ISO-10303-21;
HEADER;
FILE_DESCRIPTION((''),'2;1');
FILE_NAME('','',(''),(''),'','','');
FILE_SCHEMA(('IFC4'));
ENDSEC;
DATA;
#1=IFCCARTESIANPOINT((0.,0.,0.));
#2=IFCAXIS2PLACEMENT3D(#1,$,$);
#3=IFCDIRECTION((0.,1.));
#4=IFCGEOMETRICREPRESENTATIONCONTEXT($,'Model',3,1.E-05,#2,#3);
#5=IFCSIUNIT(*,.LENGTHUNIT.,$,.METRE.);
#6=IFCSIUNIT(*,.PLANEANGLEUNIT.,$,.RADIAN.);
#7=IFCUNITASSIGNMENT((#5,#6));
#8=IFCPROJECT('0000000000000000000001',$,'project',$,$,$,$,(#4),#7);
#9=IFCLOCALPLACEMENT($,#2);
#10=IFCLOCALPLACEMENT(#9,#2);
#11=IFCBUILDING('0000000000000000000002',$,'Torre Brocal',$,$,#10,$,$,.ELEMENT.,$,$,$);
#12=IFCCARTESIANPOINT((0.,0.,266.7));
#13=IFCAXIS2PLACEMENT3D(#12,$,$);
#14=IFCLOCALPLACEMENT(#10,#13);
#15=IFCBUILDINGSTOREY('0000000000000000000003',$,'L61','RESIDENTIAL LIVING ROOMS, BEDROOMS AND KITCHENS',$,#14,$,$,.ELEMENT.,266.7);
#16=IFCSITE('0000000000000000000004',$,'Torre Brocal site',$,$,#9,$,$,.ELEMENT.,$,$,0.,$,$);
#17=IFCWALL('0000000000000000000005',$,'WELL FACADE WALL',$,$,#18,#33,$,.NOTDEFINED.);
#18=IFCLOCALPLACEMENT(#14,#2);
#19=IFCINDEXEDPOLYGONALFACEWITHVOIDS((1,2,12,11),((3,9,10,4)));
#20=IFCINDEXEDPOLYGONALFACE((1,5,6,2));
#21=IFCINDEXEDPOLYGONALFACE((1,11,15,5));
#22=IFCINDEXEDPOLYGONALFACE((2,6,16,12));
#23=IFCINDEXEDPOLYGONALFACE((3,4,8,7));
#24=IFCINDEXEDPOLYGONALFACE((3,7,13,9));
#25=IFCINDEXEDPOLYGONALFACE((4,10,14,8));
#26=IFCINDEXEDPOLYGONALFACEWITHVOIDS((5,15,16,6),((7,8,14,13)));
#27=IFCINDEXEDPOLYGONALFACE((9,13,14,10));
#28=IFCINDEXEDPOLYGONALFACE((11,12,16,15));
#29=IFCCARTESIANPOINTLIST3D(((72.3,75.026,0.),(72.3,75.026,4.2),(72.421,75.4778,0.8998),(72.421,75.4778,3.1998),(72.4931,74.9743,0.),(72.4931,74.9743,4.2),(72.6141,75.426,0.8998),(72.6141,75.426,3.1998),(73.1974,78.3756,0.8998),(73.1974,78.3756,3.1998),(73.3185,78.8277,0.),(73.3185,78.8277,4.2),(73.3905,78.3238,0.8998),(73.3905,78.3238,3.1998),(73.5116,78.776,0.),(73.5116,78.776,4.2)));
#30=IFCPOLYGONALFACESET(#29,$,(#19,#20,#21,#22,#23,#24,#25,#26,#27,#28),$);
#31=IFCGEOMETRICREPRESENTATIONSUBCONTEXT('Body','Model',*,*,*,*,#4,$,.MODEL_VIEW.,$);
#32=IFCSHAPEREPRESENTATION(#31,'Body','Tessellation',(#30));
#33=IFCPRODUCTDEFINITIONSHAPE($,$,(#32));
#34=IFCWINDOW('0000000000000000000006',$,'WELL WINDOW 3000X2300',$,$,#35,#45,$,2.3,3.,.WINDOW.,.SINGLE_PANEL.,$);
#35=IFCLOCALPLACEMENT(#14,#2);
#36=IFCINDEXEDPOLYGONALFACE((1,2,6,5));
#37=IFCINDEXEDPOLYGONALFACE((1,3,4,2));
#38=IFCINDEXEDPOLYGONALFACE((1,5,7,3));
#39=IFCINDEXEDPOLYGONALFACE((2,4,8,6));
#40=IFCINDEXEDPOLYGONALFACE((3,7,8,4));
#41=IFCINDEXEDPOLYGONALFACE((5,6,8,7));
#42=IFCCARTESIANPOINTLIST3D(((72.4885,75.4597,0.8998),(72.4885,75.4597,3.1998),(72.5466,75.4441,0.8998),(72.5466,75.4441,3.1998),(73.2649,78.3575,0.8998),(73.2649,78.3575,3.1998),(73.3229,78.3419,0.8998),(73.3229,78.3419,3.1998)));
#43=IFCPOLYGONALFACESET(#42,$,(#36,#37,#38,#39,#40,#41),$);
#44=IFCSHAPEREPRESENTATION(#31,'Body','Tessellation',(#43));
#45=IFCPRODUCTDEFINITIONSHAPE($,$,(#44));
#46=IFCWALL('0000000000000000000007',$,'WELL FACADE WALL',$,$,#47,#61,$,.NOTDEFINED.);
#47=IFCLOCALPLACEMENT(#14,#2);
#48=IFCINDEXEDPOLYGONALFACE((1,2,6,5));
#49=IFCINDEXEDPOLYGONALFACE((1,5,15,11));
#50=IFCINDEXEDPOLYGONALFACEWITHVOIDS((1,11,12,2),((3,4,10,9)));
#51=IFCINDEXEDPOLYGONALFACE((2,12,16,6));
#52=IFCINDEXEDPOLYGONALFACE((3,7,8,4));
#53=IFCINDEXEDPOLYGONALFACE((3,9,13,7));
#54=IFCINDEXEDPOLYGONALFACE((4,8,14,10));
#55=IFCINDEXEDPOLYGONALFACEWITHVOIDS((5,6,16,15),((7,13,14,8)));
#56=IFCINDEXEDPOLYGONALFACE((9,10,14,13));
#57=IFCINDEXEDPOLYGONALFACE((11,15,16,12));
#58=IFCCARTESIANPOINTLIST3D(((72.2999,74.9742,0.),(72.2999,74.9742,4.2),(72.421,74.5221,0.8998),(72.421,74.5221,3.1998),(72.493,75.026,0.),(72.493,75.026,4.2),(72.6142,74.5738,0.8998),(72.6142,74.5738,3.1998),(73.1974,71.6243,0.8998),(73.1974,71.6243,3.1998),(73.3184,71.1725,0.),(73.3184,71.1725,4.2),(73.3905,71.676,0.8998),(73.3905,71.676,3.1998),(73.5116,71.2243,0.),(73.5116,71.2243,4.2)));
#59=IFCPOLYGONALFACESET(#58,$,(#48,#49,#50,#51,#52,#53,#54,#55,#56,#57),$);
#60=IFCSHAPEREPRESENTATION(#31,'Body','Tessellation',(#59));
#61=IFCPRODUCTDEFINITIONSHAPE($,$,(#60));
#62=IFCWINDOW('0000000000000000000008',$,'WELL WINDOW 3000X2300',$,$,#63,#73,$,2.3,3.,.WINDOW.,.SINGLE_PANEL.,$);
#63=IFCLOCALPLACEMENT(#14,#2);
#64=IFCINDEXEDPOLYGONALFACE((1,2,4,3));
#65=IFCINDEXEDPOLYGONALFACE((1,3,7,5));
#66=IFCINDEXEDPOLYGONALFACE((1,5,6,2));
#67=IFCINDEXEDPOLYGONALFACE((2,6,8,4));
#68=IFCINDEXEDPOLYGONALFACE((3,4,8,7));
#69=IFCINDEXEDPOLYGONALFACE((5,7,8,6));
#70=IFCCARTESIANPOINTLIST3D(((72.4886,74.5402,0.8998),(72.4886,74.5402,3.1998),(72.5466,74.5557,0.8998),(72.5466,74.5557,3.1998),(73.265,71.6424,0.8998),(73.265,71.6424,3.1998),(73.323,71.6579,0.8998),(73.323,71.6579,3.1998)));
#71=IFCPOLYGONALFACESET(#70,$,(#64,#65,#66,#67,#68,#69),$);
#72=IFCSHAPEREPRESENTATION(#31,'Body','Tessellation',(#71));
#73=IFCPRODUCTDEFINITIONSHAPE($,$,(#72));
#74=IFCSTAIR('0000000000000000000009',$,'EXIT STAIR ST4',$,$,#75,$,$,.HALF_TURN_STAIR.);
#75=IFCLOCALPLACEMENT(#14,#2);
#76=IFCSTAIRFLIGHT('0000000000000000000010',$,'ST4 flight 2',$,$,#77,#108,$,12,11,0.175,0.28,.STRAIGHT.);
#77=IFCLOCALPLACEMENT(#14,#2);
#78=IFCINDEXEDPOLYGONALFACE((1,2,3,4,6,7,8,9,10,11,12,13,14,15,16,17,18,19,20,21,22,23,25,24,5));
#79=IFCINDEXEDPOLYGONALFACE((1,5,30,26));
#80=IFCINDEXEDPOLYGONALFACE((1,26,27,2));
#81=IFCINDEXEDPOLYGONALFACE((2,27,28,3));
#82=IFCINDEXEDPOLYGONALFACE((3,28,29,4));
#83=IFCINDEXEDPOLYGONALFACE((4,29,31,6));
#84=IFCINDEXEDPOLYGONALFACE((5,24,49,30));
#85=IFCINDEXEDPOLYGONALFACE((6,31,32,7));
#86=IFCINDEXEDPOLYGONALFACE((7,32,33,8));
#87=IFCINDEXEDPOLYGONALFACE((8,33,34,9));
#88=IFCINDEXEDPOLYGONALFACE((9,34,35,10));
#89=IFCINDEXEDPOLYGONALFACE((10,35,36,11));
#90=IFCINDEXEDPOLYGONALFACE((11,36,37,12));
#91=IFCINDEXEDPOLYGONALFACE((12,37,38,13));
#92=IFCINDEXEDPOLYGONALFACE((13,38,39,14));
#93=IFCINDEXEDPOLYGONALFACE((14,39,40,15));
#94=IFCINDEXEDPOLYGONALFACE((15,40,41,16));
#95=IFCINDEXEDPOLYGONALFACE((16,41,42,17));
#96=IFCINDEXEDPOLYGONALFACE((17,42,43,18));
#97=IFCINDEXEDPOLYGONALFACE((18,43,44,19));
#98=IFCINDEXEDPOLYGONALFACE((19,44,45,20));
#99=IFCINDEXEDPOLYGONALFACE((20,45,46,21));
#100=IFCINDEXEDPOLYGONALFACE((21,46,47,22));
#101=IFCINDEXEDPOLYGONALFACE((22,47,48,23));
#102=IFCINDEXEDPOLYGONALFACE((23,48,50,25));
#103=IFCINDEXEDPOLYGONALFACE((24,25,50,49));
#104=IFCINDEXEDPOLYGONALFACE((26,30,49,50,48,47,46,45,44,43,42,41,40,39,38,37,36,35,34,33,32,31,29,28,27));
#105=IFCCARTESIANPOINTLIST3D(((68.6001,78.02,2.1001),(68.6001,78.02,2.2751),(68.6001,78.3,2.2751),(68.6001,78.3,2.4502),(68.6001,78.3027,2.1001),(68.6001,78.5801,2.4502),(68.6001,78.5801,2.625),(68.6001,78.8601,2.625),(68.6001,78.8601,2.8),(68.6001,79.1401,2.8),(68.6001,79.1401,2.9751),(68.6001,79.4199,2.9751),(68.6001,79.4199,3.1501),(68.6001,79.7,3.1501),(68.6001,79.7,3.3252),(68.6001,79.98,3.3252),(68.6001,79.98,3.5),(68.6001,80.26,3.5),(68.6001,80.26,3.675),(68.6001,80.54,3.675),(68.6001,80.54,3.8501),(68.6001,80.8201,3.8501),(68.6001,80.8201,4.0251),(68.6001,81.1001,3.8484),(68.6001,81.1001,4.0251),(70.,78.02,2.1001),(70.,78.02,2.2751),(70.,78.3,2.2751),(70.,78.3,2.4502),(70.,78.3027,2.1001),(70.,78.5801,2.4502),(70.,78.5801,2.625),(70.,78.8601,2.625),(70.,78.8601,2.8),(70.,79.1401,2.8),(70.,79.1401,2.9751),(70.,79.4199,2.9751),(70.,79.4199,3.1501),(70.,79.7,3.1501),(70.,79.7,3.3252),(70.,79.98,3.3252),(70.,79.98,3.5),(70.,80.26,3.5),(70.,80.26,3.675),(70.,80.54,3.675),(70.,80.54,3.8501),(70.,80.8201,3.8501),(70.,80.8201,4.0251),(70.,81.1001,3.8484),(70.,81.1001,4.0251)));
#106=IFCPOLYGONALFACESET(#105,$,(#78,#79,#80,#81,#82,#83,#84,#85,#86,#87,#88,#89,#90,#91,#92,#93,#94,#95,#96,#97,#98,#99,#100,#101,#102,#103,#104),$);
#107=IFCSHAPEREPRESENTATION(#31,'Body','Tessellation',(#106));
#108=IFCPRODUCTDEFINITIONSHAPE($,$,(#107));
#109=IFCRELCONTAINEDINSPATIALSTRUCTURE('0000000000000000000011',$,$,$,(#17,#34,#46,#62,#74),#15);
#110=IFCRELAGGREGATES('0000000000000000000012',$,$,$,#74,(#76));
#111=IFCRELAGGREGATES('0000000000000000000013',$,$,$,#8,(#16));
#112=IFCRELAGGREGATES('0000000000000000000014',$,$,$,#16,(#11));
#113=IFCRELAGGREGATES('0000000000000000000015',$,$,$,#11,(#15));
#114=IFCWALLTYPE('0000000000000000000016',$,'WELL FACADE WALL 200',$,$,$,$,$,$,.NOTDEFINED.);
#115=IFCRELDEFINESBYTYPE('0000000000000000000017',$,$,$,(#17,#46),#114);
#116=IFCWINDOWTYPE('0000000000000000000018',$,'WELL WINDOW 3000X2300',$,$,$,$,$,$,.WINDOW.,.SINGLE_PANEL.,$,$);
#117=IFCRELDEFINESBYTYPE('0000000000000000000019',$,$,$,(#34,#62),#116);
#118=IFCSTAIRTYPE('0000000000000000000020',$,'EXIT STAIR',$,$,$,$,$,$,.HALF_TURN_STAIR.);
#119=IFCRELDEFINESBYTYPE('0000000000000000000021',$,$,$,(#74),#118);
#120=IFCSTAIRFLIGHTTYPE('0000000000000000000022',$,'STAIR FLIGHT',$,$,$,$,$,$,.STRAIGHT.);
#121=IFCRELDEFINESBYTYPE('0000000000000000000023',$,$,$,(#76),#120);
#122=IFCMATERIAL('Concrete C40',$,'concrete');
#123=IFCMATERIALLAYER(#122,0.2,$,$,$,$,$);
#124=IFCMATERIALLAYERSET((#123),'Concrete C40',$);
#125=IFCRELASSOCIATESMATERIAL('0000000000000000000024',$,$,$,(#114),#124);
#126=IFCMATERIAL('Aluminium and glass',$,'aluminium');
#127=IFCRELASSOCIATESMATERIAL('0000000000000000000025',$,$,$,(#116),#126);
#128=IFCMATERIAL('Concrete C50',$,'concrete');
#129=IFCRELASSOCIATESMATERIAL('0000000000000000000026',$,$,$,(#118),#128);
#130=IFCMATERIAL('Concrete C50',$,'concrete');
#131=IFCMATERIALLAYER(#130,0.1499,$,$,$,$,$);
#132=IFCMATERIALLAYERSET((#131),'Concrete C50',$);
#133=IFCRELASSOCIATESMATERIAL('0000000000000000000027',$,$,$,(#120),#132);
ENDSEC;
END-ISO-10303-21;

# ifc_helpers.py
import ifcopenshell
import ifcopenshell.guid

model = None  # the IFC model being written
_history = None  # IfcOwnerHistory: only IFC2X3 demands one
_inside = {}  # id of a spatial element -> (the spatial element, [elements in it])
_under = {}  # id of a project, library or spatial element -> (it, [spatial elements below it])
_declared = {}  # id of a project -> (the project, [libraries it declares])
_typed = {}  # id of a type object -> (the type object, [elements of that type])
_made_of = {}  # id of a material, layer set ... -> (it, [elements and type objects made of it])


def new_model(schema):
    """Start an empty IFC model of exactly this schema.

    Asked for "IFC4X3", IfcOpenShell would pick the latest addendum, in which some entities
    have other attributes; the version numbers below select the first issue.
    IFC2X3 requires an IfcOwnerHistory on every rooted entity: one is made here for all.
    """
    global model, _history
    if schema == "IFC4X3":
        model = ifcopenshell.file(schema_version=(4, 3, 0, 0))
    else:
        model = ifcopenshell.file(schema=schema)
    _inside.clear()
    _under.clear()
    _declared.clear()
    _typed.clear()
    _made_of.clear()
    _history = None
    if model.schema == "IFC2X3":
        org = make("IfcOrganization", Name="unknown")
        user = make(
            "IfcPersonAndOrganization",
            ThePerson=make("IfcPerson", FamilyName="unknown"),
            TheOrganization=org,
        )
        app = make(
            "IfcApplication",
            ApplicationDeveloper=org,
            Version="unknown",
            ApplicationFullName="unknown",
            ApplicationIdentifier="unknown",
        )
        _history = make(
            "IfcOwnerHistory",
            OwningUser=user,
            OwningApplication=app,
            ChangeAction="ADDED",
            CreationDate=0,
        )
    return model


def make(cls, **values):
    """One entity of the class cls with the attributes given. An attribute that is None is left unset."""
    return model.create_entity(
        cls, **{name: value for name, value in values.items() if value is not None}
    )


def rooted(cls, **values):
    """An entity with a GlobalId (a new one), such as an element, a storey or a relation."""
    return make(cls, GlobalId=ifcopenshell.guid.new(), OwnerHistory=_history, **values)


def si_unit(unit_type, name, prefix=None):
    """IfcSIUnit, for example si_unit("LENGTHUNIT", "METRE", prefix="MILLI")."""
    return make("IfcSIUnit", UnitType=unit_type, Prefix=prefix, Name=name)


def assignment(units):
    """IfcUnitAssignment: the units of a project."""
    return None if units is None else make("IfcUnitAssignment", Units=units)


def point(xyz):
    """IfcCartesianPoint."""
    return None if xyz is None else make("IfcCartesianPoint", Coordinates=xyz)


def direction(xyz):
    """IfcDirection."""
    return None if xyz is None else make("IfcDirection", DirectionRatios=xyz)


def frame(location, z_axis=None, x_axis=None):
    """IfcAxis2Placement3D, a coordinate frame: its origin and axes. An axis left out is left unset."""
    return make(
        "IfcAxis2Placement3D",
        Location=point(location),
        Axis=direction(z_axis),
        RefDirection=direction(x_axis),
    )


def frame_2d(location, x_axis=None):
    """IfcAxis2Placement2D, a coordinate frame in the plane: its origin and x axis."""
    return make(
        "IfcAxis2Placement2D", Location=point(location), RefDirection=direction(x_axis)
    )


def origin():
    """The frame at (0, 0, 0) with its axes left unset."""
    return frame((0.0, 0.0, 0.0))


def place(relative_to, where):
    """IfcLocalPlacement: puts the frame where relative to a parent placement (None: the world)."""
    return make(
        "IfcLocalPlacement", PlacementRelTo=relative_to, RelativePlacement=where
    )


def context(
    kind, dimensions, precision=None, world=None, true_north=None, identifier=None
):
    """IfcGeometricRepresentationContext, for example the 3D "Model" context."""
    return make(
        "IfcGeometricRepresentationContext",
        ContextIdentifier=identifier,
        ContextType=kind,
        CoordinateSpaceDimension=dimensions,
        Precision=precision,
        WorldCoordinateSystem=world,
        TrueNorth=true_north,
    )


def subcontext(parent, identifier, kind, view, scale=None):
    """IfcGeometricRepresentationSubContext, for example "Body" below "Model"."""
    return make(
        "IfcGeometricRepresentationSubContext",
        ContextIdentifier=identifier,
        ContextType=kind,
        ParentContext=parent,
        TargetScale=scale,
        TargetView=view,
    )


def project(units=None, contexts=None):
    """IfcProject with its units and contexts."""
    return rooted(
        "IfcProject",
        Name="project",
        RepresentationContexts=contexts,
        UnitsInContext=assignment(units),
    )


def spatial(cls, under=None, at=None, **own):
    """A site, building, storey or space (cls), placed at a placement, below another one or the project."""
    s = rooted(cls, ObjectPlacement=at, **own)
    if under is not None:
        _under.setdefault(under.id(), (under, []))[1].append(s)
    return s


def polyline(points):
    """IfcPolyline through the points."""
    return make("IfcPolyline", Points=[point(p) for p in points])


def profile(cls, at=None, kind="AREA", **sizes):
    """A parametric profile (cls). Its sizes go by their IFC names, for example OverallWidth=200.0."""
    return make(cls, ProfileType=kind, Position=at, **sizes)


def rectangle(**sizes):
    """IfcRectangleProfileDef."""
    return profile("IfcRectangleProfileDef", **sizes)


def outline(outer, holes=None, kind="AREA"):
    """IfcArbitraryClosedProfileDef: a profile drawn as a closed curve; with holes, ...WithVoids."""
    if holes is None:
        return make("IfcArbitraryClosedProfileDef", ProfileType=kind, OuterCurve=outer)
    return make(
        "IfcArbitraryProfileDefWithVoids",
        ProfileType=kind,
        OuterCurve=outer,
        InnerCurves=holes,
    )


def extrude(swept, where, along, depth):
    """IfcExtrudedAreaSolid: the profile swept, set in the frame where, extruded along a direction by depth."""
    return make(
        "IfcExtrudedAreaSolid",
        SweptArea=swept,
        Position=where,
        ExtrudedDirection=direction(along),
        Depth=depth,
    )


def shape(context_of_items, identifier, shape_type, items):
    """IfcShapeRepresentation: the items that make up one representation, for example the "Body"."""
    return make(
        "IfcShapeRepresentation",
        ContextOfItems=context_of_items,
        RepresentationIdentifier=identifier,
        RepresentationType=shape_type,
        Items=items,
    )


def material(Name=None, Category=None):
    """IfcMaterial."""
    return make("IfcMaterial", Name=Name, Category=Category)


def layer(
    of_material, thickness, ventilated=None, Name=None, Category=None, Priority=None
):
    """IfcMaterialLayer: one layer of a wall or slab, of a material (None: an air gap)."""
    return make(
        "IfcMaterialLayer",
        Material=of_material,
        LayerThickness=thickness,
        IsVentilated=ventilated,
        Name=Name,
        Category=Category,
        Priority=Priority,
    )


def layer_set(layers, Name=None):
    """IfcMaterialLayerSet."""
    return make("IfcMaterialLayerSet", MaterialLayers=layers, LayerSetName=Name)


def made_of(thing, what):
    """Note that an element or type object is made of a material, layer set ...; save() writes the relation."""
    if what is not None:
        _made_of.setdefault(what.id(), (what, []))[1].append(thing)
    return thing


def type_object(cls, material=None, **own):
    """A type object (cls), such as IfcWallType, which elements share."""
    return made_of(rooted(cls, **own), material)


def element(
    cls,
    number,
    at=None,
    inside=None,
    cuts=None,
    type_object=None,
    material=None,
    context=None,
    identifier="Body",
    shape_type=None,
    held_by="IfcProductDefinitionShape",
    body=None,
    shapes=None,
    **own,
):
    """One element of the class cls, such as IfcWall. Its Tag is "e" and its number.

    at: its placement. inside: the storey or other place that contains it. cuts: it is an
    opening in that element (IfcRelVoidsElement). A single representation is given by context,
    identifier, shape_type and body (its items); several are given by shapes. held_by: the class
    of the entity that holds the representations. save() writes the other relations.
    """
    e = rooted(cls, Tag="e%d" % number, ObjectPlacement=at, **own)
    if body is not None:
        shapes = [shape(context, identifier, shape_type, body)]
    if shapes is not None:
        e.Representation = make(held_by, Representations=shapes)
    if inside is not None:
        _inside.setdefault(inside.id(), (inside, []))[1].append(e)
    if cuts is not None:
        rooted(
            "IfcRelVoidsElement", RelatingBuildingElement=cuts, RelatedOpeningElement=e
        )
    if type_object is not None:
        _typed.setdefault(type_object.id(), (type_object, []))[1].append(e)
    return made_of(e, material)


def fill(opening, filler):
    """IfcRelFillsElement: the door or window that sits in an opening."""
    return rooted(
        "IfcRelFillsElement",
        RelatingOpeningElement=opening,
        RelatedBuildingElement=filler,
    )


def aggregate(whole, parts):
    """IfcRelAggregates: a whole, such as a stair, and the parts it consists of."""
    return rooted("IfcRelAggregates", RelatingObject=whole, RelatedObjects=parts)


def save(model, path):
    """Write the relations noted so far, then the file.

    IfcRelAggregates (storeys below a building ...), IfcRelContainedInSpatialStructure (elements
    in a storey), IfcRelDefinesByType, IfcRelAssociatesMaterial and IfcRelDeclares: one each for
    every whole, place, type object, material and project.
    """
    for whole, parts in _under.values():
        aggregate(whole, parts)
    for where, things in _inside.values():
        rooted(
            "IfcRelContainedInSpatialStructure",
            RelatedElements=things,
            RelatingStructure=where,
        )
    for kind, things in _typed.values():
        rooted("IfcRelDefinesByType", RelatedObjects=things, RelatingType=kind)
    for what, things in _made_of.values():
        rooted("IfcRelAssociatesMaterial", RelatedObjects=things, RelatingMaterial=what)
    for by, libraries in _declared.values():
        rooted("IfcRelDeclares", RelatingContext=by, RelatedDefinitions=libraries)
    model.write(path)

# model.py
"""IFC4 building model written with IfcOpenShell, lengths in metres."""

from ifc_helpers import new_model, si_unit, direction, frame, frame_2d, origin, place, context, subcontext, project, spatial, polyline, rectangle, outline, extrude, material, layer, layer_set, type_object, element, fill, aggregate, save


model = new_model("IFC4")

# Units and contexts
model_context = context("Model", 3, precision=1e-05, world=origin(), true_north=direction((0.0, 1.0)))
body_context = subcontext(model_context, "Body", "Model", "MODEL_VIEW")
ifc_project = project(units=[si_unit("LENGTHUNIT", "METRE"), si_unit("PLANEANGLEUNIT", "RADIAN")], contexts=[model_context])

# Site, building, storey
site_placement = place(None, origin())
site = spatial("IfcSite", under=ifc_project, at=site_placement, Name="Torre Brocal site", CompositionType="ELEMENT", RefElevation=0.0)
building_placement = place(site_placement, origin())
building = spatial("IfcBuilding", under=site, at=building_placement, Name="Torre Brocal", CompositionType="ELEMENT")
storey_placement = place(building_placement, frame((0.0, 0.0, 266.7)))
storey = spatial("IfcBuildingStorey", under=building, at=storey_placement, Name="L61", Description="RESIDENTIAL LIVING ROOMS, BEDROOMS AND KITCHENS", CompositionType="ELEMENT", Elevation=266.7)

# Walls, openings, windows
ifc_material_1 = material(Name="Concrete C40", Category="concrete")
ifc_layer_1 = layer(ifc_material_1, 0.2)
ifc_layer_set_1 = layer_set([ifc_layer_1], Name="Concrete C40")
wall_type_1 = type_object("IfcWallType", Name="WELL FACADE WALL 200", PredefinedType="NOTDEFINED", material=ifc_layer_set_1)
wall_1_placement = place(storey_placement, frame((73.415, 78.8018, 0.0), z_axis=(0.0, 0.0, 1.0), x_axis=(-0.25879, -0.965934, 0.0)))
wall_1 = element("IfcWall", 1, at=wall_1_placement, inside=storey, type_object=wall_type_1, Name="WELL FACADE WALL", PredefinedType="NOTDEFINED", context=body_context, shape_type="SweptSolid", body=[
    extrude(rectangle(XDim=3.9358, YDim=0.2, at=frame_2d((1.9678, 0.0))), origin(), (0.0, 0.0, 1.0), 4.2),
])
opening_1_placement = place(wall_1_placement, frame((0.468, 0.0, 0.8999)))
opening_1 = element("IfcOpeningElement", 2, at=opening_1_placement, cuts=wall_1, PredefinedType="OPENING", context=body_context, shape_type="SweptSolid", body=[
    extrude(rectangle(XDim=3.0, YDim=2.3, at=frame_2d((1.5, 1.1499))), frame((0.0, 0.1099, 0.0), z_axis=(0.0, -1.0, 0.0), x_axis=(1.0, 0.0, 0.0)), (0.0, 0.0, 1.0), 0.22),
])
ifc_material_2 = material(Name="Aluminium and glass", Category="aluminium")
window_type = type_object("IfcWindowType", Name="WELL WINDOW 3000X2300", PartitioningType="SINGLE_PANEL", PredefinedType="WINDOW", material=ifc_material_2)
window_1_placement = place(opening_1_placement, origin())
window_1 = element("IfcWindow", 3, at=window_1_placement, inside=storey, type_object=window_type, Name="WELL WINDOW 3000X2300", OverallHeight=2.3, OverallWidth=3.0, PartitioningType="SINGLE_PANEL", PredefinedType="WINDOW", context=body_context, shape_type="SweptSolid", body=[
    extrude(rectangle(XDim=3.0, YDim=2.3, at=frame_2d((1.5, 1.1499))), frame((0.0, 0.03, 0.0), z_axis=(0.0, -1.0, 0.0), x_axis=(1.0, 0.0, 0.0)), (0.0, 0.0, 1.0), 0.0601),
])
fill(opening_1, window_1)
wall_2_placement = place(storey_placement, frame((72.3965, 75.0, 0.0), z_axis=(0.0, 0.0, 1.0), x_axis=(0.25879, -0.965934, 0.0)))
wall_2 = element("IfcWall", 4, at=wall_2_placement, inside=storey, type_object=wall_type_1, Name="WELL FACADE WALL", PredefinedType="NOTDEFINED", context=body_context, shape_type="SweptSolid", body=[
    extrude(rectangle(XDim=3.9358, YDim=0.2, at=frame_2d((1.9678, 0.0))), origin(), (0.0, 0.0, 1.0), 4.2),
])
opening_2_placement = place(wall_2_placement, frame((0.468, 0.0, 0.8999)))
opening_2 = element("IfcOpeningElement", 5, at=opening_2_placement, cuts=wall_2, PredefinedType="OPENING", context=body_context, shape_type="SweptSolid", body=[
    extrude(rectangle(XDim=3.0, YDim=2.3, at=frame_2d((1.5, 1.1499))), frame((0.0, 0.1099, 0.0), z_axis=(0.0, -1.0, 0.0), x_axis=(1.0, 0.0, 0.0)), (0.0, 0.0, 1.0), 0.22),
])
window_2_placement = place(opening_2_placement, origin())
window_2 = element("IfcWindow", 6, at=window_2_placement, inside=storey, type_object=window_type, Name="WELL WINDOW 3000X2300", OverallHeight=2.3, OverallWidth=3.0, PartitioningType="SINGLE_PANEL", PredefinedType="WINDOW", context=body_context, shape_type="SweptSolid", body=[
    extrude(rectangle(XDim=3.0, YDim=2.3, at=frame_2d((1.5, 1.1499))), frame((0.0, 0.03, 0.0), z_axis=(0.0, -1.0, 0.0), x_axis=(1.0, 0.0, 0.0)), (0.0, 0.0, 1.0), 0.0601),
])
fill(opening_2, window_2)

# Stair, stair flight
ifc_material_3 = material(Name="Concrete C50", Category="concrete")
stair_type = type_object("IfcStairType", Name="EXIT STAIR", PredefinedType="HALF_TURN_STAIR", material=ifc_material_3)
stair_placement = place(storey_placement, origin())
stair = element("IfcStair", 7, at=stair_placement, inside=storey, type_object=stair_type, Name="EXIT STAIR ST4", PredefinedType="HALF_TURN_STAIR")
ifc_material_4 = material(Name="Concrete C50", Category="concrete")
ifc_layer_2 = layer(ifc_material_4, 0.1499)
ifc_layer_set_2 = layer_set([ifc_layer_2], Name="Concrete C50")
stair_flight_type = type_object("IfcStairFlightType", Name="STAIR FLIGHT", PredefinedType="STRAIGHT", material=ifc_layer_set_2)
stair_flight_placement = place(storey_placement, frame((69.3, 78.02, 2.1001), z_axis=(0.0, 0.0, 1.0), x_axis=(0.0, 1.0, 0.0)))
stair_flight = element("IfcStairFlight", 8, at=stair_flight_placement, type_object=stair_flight_type, Name="ST4 flight 2", NumberOfRisers=12, NumberOfTreads=11, PredefinedType="STRAIGHT", RiserHeight=0.175, TreadLength=0.28, context=body_context, shape_type="SweptSolid", body=[
    extrude(outline(polyline([(0.0, 0.0), (0.0, 0.175), (0.28, 0.175), (0.28, 0.3501), (0.5601, 0.3501), (0.5601, 0.5249), (0.8401, 0.5249), (0.8401, 0.7), (1.1201, 0.7), (1.1201, 0.875), (1.3999, 0.875), (1.3999, 1.05), (1.6799, 1.05), (1.6799, 1.2251), (1.96, 1.2251), (1.96, 1.3999), (2.24, 1.3999), (2.24, 1.575), (2.52, 1.575), (2.52, 1.75), (2.8, 1.75), (2.8, 1.925), (3.0801, 1.925), (3.0801, 2.1001), (3.0801, 1.7483), (0.2827, 0.0), (0.0, 0.0)])), frame((0.0, 0.7, 0.0), z_axis=(0.0, -1.0, 0.0), x_axis=(1.0, 0.0, 0.0)), (0.0, 0.0, 1.0), 1.3999),
])
aggregate(stair, [stair_flight])

save(model, "model.ifc")
